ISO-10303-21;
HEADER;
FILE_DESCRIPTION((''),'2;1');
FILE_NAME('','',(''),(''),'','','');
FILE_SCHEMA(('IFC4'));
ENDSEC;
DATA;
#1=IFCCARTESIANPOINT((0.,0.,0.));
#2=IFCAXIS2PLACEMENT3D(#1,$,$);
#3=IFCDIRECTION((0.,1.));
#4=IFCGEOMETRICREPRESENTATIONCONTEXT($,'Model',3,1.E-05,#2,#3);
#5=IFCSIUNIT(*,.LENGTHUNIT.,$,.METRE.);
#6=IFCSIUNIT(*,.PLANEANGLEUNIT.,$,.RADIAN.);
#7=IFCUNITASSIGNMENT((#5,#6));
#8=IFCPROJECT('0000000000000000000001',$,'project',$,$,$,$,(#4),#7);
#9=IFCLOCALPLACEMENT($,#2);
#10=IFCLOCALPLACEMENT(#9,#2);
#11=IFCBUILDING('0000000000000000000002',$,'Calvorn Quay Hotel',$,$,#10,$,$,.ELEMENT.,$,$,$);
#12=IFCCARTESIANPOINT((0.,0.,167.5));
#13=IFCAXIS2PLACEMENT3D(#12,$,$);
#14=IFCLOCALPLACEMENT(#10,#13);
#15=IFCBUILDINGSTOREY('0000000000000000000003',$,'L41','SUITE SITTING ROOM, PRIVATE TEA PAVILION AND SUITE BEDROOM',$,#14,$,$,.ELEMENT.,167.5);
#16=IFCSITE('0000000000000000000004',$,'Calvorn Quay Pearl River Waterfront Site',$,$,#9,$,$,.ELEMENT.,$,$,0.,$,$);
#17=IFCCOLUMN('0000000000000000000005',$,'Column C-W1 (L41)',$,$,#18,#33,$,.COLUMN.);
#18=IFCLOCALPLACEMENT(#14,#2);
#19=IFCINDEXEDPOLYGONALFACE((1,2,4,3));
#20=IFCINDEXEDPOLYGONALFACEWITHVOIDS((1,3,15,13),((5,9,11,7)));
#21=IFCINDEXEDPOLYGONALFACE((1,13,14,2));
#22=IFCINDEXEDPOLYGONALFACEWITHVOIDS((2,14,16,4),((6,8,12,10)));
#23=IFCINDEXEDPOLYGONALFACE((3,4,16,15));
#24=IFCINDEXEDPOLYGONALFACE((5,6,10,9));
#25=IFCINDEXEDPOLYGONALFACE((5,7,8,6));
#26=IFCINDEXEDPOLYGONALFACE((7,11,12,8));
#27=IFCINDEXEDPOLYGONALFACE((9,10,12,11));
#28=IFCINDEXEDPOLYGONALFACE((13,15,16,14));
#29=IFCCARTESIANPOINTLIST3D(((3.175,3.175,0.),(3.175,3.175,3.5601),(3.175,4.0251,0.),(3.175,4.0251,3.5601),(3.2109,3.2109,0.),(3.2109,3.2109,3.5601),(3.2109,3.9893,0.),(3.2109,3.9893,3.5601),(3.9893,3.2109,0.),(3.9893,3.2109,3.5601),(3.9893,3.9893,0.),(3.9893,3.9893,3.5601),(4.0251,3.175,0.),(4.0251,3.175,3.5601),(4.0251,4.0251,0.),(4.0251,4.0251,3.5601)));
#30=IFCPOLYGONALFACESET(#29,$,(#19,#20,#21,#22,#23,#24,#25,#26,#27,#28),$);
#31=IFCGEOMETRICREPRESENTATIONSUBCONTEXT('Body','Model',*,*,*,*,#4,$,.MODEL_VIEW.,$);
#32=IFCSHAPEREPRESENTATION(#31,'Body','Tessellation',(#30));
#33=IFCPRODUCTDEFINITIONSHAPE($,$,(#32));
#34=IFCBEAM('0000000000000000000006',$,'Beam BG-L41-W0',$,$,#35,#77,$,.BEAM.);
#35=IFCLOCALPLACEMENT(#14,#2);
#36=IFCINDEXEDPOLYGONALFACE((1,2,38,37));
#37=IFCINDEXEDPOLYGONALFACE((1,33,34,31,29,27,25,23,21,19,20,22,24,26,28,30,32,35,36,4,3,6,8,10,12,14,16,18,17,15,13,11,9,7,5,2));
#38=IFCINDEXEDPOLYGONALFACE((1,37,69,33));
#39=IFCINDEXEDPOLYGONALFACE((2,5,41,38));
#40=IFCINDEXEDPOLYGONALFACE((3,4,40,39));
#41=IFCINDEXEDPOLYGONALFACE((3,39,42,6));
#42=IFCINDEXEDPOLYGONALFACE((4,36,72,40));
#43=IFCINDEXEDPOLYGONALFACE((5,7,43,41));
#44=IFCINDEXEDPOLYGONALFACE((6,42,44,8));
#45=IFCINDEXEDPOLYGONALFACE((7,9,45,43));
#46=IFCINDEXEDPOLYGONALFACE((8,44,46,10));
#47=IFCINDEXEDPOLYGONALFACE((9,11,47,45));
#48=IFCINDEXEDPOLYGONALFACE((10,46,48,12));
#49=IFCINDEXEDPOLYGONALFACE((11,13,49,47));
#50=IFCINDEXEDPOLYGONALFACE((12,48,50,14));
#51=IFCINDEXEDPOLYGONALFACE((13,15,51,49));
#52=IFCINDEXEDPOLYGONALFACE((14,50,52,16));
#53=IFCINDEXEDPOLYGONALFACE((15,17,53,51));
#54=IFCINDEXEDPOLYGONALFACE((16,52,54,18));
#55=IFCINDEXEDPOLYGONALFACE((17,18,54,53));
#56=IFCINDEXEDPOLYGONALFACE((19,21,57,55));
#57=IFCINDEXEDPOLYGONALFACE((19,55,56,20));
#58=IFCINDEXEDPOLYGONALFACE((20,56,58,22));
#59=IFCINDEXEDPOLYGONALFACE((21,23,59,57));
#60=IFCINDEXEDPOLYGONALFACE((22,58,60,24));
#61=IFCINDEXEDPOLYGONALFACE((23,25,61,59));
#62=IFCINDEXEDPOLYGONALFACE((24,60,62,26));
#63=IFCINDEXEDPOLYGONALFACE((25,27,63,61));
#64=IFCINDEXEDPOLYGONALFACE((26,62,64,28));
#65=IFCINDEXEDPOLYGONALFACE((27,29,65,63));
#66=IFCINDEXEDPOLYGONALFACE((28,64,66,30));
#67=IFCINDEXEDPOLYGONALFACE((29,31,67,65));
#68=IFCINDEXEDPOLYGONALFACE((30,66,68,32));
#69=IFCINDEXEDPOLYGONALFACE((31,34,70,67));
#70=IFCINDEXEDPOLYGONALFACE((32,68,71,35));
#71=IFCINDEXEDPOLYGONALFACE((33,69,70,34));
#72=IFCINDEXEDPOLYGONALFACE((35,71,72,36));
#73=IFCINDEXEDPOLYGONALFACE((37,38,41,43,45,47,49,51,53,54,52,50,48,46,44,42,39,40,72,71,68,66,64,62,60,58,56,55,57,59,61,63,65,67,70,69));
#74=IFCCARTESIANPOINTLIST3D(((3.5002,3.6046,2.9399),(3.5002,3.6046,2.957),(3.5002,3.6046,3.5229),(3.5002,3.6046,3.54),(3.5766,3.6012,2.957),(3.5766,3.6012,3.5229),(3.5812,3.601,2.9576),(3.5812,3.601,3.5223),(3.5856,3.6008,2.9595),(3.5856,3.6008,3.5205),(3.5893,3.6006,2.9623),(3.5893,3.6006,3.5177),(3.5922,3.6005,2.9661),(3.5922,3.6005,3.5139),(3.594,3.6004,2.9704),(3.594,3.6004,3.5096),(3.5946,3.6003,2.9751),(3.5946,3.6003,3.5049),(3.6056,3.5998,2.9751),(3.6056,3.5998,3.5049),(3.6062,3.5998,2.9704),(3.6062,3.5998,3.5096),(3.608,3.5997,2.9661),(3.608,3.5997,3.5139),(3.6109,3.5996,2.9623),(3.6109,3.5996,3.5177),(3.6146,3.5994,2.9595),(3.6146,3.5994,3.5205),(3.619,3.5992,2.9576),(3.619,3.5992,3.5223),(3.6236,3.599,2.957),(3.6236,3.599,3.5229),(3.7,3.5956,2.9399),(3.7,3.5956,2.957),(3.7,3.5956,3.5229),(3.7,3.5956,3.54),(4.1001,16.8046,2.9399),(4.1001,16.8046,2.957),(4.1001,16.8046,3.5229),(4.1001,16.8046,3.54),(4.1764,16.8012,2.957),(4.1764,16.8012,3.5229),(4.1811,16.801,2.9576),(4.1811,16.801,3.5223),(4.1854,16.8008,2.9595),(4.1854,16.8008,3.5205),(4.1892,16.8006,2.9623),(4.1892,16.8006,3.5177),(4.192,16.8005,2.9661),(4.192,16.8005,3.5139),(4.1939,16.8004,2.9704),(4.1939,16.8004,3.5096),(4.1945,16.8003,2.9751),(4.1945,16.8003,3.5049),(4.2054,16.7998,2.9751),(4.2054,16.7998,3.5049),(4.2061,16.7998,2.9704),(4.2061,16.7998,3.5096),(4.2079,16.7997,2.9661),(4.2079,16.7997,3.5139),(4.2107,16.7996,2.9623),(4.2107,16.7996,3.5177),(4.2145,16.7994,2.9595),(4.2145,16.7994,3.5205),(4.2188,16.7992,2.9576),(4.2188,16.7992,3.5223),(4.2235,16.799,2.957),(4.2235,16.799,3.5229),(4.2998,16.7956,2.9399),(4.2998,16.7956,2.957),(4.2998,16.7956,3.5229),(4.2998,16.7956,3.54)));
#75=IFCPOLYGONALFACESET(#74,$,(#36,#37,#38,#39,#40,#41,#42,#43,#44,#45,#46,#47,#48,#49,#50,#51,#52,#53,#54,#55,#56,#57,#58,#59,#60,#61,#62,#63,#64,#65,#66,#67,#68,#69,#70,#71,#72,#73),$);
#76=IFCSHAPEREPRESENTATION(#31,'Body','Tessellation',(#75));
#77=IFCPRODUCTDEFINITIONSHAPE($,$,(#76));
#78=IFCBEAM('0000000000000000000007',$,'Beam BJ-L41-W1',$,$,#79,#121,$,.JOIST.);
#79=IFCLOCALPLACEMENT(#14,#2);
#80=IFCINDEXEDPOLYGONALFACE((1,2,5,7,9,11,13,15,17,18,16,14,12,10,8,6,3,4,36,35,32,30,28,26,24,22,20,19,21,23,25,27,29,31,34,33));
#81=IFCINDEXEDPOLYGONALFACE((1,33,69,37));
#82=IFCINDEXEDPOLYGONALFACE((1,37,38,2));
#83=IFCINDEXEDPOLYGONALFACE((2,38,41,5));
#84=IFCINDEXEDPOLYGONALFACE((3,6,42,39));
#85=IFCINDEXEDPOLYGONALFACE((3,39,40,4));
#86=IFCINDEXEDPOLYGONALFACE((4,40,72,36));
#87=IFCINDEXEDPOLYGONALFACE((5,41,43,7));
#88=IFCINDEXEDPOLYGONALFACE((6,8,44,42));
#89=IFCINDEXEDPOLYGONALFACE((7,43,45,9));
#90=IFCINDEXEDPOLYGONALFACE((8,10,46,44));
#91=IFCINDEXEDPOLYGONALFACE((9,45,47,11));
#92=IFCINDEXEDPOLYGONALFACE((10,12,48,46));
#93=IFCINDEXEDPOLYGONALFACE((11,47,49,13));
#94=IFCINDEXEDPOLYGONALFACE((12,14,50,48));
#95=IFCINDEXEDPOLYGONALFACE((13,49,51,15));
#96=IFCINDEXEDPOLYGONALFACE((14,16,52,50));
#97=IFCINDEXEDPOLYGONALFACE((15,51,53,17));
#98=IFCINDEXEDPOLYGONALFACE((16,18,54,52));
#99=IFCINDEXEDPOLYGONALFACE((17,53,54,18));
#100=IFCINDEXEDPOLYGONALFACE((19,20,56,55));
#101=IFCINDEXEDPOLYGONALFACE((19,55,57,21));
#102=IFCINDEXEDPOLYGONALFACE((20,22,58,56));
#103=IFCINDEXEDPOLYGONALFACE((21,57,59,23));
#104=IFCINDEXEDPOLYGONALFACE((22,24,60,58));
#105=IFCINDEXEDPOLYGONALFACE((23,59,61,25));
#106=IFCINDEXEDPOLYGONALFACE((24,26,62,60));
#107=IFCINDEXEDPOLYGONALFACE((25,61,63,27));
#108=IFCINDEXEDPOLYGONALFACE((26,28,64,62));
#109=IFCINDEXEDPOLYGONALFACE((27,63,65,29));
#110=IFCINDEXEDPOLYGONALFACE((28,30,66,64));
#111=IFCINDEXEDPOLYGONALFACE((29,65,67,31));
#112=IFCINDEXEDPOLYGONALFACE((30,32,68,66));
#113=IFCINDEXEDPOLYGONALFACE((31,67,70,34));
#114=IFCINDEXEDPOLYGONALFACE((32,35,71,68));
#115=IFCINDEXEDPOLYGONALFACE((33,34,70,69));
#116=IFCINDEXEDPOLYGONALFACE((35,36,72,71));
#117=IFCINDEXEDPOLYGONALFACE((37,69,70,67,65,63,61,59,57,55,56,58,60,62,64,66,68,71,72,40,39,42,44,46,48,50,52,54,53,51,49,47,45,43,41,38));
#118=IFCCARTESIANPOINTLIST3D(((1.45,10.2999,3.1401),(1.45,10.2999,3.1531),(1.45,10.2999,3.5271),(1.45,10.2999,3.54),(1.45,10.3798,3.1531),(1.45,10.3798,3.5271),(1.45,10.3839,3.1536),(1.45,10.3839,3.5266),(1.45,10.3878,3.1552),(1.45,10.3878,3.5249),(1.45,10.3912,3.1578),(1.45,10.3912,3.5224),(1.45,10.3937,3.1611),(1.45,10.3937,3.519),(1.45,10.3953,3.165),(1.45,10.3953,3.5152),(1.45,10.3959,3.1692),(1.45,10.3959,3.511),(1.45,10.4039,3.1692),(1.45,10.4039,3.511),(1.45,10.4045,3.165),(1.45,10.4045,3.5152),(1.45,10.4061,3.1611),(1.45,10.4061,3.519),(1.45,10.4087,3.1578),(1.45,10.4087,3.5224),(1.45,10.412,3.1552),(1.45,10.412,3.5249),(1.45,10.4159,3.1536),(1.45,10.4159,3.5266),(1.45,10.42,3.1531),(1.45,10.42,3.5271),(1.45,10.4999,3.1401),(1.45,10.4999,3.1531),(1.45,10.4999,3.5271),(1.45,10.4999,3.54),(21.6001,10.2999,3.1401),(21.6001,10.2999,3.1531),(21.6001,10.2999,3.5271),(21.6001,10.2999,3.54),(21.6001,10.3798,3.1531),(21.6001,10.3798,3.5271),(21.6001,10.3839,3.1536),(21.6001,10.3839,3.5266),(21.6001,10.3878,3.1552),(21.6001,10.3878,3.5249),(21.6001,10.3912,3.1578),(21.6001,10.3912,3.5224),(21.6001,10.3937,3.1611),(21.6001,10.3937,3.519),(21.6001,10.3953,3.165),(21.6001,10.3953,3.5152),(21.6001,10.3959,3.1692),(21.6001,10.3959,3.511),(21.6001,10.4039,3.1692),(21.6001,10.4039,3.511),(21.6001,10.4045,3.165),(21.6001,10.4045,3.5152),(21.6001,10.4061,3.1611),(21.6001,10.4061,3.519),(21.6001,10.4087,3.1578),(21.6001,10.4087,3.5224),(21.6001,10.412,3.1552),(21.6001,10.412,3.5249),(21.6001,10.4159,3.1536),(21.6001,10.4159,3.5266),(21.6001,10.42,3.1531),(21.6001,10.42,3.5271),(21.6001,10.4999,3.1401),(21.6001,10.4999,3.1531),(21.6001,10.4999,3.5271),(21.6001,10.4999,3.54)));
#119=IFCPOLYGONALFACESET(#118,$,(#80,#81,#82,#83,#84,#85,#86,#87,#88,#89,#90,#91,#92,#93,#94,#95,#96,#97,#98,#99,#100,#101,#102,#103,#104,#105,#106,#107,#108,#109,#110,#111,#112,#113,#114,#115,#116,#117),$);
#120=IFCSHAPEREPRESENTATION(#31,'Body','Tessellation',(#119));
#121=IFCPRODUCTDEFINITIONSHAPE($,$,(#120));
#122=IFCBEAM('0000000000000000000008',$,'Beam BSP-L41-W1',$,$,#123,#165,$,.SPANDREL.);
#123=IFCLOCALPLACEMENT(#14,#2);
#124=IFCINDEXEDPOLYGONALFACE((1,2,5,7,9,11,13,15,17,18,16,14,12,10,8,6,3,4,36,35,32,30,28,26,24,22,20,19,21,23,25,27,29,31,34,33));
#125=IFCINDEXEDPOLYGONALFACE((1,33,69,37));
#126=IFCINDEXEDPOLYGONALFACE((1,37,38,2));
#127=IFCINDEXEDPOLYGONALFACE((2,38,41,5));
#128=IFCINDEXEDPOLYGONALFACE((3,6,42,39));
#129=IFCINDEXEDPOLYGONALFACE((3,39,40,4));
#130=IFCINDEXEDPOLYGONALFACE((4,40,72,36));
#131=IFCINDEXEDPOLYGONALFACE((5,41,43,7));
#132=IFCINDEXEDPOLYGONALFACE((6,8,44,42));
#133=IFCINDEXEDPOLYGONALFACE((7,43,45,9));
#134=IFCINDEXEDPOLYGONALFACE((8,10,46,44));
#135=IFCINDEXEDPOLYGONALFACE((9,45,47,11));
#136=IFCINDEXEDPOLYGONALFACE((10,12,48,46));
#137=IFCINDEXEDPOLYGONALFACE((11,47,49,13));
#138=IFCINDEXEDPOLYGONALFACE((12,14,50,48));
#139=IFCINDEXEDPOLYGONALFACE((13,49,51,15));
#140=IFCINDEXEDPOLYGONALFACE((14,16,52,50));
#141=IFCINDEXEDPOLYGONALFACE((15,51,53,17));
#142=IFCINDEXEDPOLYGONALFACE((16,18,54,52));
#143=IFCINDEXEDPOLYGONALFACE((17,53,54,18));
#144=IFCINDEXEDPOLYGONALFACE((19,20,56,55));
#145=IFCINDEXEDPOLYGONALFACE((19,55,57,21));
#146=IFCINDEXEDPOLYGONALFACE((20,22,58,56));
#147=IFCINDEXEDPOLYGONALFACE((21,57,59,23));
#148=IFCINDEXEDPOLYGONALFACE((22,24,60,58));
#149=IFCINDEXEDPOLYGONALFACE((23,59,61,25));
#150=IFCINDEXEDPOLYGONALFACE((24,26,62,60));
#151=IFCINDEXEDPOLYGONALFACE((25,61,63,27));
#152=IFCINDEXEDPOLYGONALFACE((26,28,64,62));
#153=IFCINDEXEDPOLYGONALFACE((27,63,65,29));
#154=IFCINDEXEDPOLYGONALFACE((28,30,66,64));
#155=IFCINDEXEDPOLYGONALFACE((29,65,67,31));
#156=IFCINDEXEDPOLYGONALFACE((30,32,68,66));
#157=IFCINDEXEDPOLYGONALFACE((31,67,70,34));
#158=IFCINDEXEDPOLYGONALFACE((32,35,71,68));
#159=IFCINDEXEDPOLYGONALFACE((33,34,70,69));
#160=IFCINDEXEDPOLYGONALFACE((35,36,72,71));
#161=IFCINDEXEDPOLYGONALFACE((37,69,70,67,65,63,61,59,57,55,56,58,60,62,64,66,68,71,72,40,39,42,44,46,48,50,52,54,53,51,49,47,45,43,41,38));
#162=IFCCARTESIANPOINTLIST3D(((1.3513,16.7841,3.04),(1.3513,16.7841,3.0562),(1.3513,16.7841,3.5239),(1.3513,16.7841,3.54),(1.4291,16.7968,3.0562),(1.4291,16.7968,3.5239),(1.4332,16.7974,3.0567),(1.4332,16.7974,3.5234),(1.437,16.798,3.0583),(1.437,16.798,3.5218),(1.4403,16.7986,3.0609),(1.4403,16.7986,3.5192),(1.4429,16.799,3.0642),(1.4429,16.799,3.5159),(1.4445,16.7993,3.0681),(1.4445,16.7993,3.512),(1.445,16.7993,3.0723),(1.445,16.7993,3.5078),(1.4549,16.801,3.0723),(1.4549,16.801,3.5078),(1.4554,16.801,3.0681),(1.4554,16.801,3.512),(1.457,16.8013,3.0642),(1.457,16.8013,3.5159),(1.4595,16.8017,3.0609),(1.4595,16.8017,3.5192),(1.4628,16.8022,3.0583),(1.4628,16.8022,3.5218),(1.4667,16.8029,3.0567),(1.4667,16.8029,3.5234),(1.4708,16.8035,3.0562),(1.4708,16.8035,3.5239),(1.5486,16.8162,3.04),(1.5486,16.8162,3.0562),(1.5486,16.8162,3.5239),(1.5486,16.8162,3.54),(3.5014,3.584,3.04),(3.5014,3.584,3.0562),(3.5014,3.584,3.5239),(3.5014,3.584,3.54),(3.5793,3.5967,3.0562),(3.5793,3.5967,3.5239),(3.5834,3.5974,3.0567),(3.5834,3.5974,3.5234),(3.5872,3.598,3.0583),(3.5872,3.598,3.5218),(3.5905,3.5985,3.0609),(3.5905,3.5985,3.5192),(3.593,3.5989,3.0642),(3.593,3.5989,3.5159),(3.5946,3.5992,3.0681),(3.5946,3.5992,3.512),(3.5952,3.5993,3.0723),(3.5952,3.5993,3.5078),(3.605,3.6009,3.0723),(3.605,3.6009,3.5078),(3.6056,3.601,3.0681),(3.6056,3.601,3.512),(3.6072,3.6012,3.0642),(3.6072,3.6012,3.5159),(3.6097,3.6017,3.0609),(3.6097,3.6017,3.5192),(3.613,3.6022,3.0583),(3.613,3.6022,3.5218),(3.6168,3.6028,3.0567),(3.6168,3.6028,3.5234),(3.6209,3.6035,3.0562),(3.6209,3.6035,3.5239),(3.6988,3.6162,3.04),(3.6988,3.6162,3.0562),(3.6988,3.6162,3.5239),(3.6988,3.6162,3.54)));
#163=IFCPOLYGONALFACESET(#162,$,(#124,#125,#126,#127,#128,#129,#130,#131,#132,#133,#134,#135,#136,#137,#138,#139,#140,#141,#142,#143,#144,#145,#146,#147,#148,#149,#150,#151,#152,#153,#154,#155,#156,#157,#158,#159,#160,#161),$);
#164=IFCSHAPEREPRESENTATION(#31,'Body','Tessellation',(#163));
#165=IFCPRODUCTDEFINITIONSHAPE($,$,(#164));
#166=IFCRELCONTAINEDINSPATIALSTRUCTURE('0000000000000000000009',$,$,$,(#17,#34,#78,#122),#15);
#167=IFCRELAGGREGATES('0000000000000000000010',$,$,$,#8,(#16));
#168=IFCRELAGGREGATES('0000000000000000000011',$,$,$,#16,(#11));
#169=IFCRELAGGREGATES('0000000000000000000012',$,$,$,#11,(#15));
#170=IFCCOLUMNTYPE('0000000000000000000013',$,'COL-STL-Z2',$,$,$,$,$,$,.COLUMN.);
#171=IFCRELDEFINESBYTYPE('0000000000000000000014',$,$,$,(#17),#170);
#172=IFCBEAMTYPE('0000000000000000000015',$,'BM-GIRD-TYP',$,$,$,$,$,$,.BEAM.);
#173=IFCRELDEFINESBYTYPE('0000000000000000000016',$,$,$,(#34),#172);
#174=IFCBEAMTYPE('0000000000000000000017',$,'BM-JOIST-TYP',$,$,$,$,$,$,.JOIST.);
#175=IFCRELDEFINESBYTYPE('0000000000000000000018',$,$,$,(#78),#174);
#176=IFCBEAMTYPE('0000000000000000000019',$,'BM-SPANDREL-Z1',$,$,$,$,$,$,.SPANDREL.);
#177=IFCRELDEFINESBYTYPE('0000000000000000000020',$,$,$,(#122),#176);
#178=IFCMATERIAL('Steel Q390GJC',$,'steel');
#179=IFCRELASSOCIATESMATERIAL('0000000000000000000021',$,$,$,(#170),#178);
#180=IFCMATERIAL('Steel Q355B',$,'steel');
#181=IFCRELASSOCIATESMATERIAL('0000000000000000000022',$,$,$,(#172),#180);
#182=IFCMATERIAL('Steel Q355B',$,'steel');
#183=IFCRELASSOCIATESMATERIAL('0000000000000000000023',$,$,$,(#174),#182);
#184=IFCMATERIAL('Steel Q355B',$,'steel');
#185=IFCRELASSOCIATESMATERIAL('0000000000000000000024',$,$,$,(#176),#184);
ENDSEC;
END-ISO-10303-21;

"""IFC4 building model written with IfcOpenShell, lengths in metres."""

from ifc_helpers import new_model, si_unit, direction, frame, origin, origin_2d, place, context, subcontext, project, spatial, hollow_rectangle, i_section, extrude, material, material_profile, profile_set, type_object, element, save


model = new_model("IFC4")

# Units and contexts
model_context = context("Model", 3, precision=1e-05, world=origin(), true_north=direction((0.0, 1.0)))
body_context = subcontext(model_context, "Body", "Model", "MODEL_VIEW")
ifc_project = project(units=[si_unit("LENGTHUNIT", "METRE"), si_unit("PLANEANGLEUNIT", "RADIAN")], contexts=[model_context])

# Site, building, storey
site_placement = place(None, origin())
site = spatial("IfcSite", under=ifc_project, at=site_placement, Name="Calvorn Quay Pearl River Waterfront Site", CompositionType="ELEMENT", RefElevation=0.0)
building_placement = place(site_placement, origin())
building = spatial("IfcBuilding", under=site, at=building_placement, Name="Calvorn Quay Hotel", CompositionType="ELEMENT")
storey_placement = place(building_placement, frame((0.0, 0.0, 167.5)))
storey = spatial("IfcBuildingStorey", under=building, at=storey_placement, Name="L41", Description="SUITE SITTING ROOM, PRIVATE TEA PAVILION AND SUITE BEDROOM", CompositionType="ELEMENT", Elevation=167.5)

# Column
ifc_material_1 = material(Name="Steel Q390GJC", Category="steel")
ifc_material_profile_1 = material_profile(ifc_material_1, hollow_rectangle(XDim=0.8501, YDim=0.8501, WallThickness=0.0359, at=origin_2d()), Name="BOX850x850x36")
ifc_profile_set_1 = profile_set([ifc_material_profile_1], Name="Steel Q390GJC")
column_type = type_object("IfcColumnType", Name="COL-STL-Z2", PredefinedType="COLUMN", material=ifc_profile_set_1)
column_placement = place(storey_placement, frame((3.6001, 3.6001, 0.0), z_axis=(0.0, 0.0, 1.0), x_axis=(1.0, 0.0, 0.0)))
element("IfcColumn", 1, at=column_placement, inside=storey, type_object=column_type, Name="Column C-W1 (L41)", PredefinedType="COLUMN", context=body_context, shape_type="SweptSolid", body=[
    extrude(hollow_rectangle(XDim=0.8501, YDim=0.8501, WallThickness=0.0359, at=origin_2d()), origin(), (0.0, 0.0, 1.0), 3.5601),
])

# Beams
ifc_material_2 = material(Name="Steel Q355B", Category="steel")
ifc_material_profile_2 = material_profile(ifc_material_2, i_section(OverallWidth=0.2, OverallDepth=0.6001, WebThickness=0.011, FlangeThickness=0.0171, FilletRadius=0.0181, at=origin_2d()), Name="HN600x200x11x17")
ifc_profile_set_2 = profile_set([ifc_material_profile_2], Name="Steel Q355B")
beam_type_1 = type_object("IfcBeamType", Name="BM-GIRD-TYP", PredefinedType="BEAM", material=ifc_profile_set_2)
beam_1_placement = place(storey_placement, frame((3.6001, 3.6001, 3.24), z_axis=(0.045397, 0.998969, 0.0), x_axis=(-0.998969, 0.045397, 0.0)))
element("IfcBeam", 2, at=beam_1_placement, inside=storey, type_object=beam_type_1, Name="Beam BG-L41-W0", PredefinedType="BEAM", context=body_context, shape_type="SweptSolid", body=[
    extrude(i_section(OverallWidth=0.2, OverallDepth=0.6001, WebThickness=0.011, FlangeThickness=0.0171, FilletRadius=0.0181, at=origin_2d()), origin(), (0.0, 0.0, 1.0), 13.2136),
])
ifc_material_3 = material(Name="Steel Q355B", Category="steel")
ifc_material_profile_3 = material_profile(ifc_material_3, i_section(OverallWidth=0.2, OverallDepth=0.3999, WebThickness=0.0081, FlangeThickness=0.0129, FilletRadius=0.0161, at=origin_2d()), Name="HN400x200x8x13")
ifc_profile_set_3 = profile_set([ifc_material_profile_3], Name="Steel Q355B")
beam_type_2 = type_object("IfcBeamType", Name="BM-JOIST-TYP", PredefinedType="JOIST", material=ifc_profile_set_3)
beam_2_placement = place(storey_placement, frame((1.45, 10.3999, 3.3401), z_axis=(1.0, 0.0, 0.0), x_axis=(0.0, 1.0, 0.0)))
element("IfcBeam", 3, at=beam_2_placement, inside=storey, type_object=beam_type_2, Name="Beam BJ-L41-W1", PredefinedType="JOIST", context=body_context, shape_type="SweptSolid", body=[
    extrude(i_section(OverallWidth=0.2, OverallDepth=0.3999, WebThickness=0.0081, FlangeThickness=0.0129, FilletRadius=0.0161, at=origin_2d()), origin(), (0.0, 0.0, 1.0), 20.1501),
])
ifc_material_4 = material(Name="Steel Q355B", Category="steel")
ifc_material_profile_4 = material_profile(ifc_material_4, i_section(OverallWidth=0.2, OverallDepth=0.5, WebThickness=0.01, FlangeThickness=0.0161, FilletRadius=0.0161, at=origin_2d()), Name="HN500x200x10x16")
ifc_profile_set_4 = profile_set([ifc_material_profile_4], Name="Steel Q355B")
beam_type_3 = type_object("IfcBeamType", Name="BM-SPANDREL-Z1", PredefinedType="SPANDREL", material=ifc_profile_set_4)
beam_3_placement = place(storey_placement, frame((3.6001, 3.6001, 3.29), z_axis=(-0.160772, 0.986992, 0.0), x_axis=(-0.986992, -0.160772, 0.0)))
element("IfcBeam", 4, at=beam_3_placement, inside=storey, type_object=beam_type_3, Name="Beam BSP-L41-W1", PredefinedType="SPANDREL", context=body_context, shape_type="SweptSolid", body=[
    extrude(i_section(OverallWidth=0.2, OverallDepth=0.5, WebThickness=0.01, FlangeThickness=0.0161, FilletRadius=0.0161, at=origin_2d()), origin(), (0.0, 0.0, 1.0), 13.374),
])

save(model, "model.ifc")
